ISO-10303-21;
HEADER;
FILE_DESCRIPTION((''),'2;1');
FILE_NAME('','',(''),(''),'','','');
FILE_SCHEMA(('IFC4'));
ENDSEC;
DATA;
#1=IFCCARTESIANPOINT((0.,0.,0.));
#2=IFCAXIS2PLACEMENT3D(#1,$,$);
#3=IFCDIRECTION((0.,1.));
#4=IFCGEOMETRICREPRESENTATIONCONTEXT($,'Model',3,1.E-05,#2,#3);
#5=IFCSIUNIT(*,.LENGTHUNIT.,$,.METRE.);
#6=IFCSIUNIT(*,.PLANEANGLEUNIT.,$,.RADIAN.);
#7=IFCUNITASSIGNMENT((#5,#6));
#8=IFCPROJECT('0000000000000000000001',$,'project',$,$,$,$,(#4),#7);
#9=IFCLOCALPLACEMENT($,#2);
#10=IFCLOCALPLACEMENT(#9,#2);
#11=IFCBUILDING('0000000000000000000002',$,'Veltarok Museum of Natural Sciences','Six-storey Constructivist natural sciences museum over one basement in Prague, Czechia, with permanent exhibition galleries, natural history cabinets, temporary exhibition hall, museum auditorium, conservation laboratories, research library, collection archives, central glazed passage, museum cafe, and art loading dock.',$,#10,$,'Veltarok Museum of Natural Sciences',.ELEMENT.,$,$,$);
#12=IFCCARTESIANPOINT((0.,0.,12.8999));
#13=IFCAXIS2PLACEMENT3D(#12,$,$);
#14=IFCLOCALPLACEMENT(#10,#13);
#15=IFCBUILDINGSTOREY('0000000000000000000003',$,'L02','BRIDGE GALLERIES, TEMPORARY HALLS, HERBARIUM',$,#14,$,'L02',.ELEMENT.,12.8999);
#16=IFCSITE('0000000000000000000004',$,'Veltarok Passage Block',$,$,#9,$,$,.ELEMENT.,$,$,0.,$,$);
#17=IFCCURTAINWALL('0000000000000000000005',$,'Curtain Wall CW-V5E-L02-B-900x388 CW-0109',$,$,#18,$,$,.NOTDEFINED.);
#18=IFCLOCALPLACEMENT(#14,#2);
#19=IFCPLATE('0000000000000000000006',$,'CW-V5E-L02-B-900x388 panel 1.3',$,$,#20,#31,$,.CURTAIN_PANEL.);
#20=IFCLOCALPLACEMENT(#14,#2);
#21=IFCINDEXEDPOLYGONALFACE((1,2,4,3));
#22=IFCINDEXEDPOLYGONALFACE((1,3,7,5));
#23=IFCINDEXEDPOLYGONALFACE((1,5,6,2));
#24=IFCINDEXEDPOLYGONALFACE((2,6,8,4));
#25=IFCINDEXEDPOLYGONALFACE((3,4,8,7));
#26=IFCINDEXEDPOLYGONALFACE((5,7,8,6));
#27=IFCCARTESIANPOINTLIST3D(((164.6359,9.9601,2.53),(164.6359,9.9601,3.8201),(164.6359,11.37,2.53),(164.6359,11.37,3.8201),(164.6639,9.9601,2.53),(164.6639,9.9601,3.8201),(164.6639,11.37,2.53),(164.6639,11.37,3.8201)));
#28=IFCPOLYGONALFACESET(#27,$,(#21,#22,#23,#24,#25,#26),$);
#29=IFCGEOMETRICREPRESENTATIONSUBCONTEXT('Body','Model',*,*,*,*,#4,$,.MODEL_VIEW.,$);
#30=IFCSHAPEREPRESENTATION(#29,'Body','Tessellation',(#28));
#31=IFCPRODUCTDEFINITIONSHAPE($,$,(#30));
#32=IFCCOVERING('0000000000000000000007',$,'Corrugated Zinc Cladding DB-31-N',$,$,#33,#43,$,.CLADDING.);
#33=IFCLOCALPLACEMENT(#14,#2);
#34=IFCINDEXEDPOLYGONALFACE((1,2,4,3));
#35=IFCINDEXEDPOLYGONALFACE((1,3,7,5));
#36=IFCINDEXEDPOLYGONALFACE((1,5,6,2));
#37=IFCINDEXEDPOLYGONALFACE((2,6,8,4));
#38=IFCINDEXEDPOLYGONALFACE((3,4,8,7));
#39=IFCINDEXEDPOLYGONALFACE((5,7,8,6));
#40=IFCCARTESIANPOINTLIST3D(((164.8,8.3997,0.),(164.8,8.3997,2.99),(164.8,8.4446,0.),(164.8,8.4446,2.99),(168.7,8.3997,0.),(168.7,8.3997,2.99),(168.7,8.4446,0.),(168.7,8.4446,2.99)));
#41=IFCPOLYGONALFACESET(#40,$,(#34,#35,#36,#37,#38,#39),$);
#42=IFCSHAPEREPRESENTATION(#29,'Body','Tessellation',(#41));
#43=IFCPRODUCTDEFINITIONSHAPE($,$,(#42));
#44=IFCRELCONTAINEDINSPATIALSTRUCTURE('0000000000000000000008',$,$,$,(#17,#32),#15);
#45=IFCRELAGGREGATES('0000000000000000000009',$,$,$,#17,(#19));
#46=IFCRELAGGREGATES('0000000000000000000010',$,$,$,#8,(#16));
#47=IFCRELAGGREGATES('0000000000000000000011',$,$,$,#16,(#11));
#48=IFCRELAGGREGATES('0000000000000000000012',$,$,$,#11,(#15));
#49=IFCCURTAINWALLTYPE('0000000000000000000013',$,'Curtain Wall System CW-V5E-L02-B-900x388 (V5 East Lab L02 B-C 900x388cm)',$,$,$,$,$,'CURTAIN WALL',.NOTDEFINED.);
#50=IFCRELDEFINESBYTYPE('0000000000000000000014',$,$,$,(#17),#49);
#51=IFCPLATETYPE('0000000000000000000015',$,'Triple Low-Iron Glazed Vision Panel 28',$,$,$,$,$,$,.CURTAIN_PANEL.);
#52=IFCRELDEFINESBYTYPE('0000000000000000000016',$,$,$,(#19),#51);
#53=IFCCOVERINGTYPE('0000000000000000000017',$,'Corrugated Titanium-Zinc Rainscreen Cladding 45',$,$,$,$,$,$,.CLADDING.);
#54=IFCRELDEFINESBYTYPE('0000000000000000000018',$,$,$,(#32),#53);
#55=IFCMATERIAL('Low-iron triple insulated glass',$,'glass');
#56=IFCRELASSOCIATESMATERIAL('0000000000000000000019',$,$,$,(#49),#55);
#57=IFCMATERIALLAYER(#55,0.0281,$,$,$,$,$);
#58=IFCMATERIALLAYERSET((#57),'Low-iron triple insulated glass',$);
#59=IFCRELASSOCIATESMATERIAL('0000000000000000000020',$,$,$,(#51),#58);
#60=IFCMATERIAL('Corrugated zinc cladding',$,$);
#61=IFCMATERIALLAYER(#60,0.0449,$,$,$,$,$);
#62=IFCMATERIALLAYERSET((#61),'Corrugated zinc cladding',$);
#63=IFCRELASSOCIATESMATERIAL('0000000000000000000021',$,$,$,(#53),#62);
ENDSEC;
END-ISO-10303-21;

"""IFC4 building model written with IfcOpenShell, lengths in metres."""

from ifc_helpers import new_model, si_unit, direction, frame, frame_2d, origin, origin_2d, place, context, subcontext, project, spatial, rectangle, extrude, material, layer, layer_set, type_object, element, aggregate, save


model = new_model("IFC4")

# Units and contexts
model_context = context("Model", 3, precision=1e-05, world=origin(), true_north=direction((0.0, 1.0)))
body_context = subcontext(model_context, "Body", "Model", "MODEL_VIEW")
ifc_project = project(units=[si_unit("LENGTHUNIT", "METRE"), si_unit("PLANEANGLEUNIT", "RADIAN")], contexts=[model_context])

# Site, building, storey
site_placement = place(None, origin())
site = spatial("IfcSite", under=ifc_project, at=site_placement, Name="Veltarok Passage Block", CompositionType="ELEMENT", RefElevation=0.0)
building_placement = place(site_placement, origin())
building = spatial("IfcBuilding", under=site, at=building_placement, Name="Veltarok Museum of Natural Sciences", Description="Six-storey Constructivist natural sciences museum over one basement in Prague, Czechia, with permanent exhibition galleries, natural history cabinets, temporary exhibition hall, museum auditorium, conservation laboratories, research library, collection archives, central glazed passage, museum cafe, and art loading dock.", LongName="Veltarok Museum of Natural Sciences", CompositionType="ELEMENT")
storey_placement = place(building_placement, frame((0.0, 0.0, 12.8999)))
storey = spatial("IfcBuildingStorey", under=building, at=storey_placement, Name="L02", Description="BRIDGE GALLERIES, TEMPORARY HALLS, HERBARIUM", LongName="L02", CompositionType="ELEMENT", Elevation=12.8999)

# Curtain wall
ifc_material_1 = material(Name="Low-iron triple insulated glass", Category="glass")
curtain_wall_type = type_object("IfcCurtainWallType", Name="Curtain Wall System CW-V5E-L02-B-900x388 (V5 East Lab L02 B-C 900x388cm)", ElementType="CURTAIN WALL", PredefinedType="NOTDEFINED", material=ifc_material_1)
curtain_wall_placement = place(storey_placement, origin())
curtain_wall = element("IfcCurtainWall", 1, at=curtain_wall_placement, inside=storey, type_object=curtain_wall_type, Name="Curtain Wall CW-V5E-L02-B-900x388 CW-0109", PredefinedType="NOTDEFINED")

# Plate
ifc_layer_1 = layer(ifc_material_1, 0.0281)
ifc_layer_set_1 = layer_set([ifc_layer_1], Name="Low-iron triple insulated glass")
plate_type = type_object("IfcPlateType", Name="Triple Low-Iron Glazed Vision Panel 28", PredefinedType="CURTAIN_PANEL", material=ifc_layer_set_1)
plate_1_placement = place(storey_placement, frame((164.6499, 10.665, 2.53), z_axis=(0.0, 0.0, 1.0), x_axis=(0.0, 1.0, 0.0)))
plate_1 = element("IfcPlate", 2, at=plate_1_placement, type_object=plate_type, Name="CW-V5E-L02-B-900x388 panel 1.3", PredefinedType="CURTAIN_PANEL", context=body_context, shape_type="SweptSolid", body=[
    extrude(rectangle(XDim=1.4099, YDim=0.0281, at=origin_2d()), origin(), (0.0, 0.0, 1.0), 1.29),
])
aggregate(curtain_wall, [plate_1])

# Covering
ifc_material_2 = material(Name="Corrugated zinc cladding")
ifc_layer_2 = layer(ifc_material_2, 0.0449)
ifc_layer_set_2 = layer_set([ifc_layer_2], Name="Corrugated zinc cladding")
covering_type = type_object("IfcCoveringType", Name="Corrugated Titanium-Zinc Rainscreen Cladding 45", PredefinedType="CLADDING", material=ifc_layer_set_2)
covering_placement = place(storey_placement, frame((168.7, 8.4221, 0.0), z_axis=(0.0, 0.0, 1.0), x_axis=(-1.0, 0.0, 0.0)))
element("IfcCovering", 3, at=covering_placement, inside=storey, type_object=covering_type, Name="Corrugated Zinc Cladding DB-31-N", PredefinedType="CLADDING", context=body_context, shape_type="SweptSolid", body=[
    extrude(rectangle(XDim=3.8999, YDim=0.0449, at=frame_2d((1.95, 0.0))), origin(), (0.0, 0.0, 1.0), 2.99),
])

save(model, "model.ifc")
